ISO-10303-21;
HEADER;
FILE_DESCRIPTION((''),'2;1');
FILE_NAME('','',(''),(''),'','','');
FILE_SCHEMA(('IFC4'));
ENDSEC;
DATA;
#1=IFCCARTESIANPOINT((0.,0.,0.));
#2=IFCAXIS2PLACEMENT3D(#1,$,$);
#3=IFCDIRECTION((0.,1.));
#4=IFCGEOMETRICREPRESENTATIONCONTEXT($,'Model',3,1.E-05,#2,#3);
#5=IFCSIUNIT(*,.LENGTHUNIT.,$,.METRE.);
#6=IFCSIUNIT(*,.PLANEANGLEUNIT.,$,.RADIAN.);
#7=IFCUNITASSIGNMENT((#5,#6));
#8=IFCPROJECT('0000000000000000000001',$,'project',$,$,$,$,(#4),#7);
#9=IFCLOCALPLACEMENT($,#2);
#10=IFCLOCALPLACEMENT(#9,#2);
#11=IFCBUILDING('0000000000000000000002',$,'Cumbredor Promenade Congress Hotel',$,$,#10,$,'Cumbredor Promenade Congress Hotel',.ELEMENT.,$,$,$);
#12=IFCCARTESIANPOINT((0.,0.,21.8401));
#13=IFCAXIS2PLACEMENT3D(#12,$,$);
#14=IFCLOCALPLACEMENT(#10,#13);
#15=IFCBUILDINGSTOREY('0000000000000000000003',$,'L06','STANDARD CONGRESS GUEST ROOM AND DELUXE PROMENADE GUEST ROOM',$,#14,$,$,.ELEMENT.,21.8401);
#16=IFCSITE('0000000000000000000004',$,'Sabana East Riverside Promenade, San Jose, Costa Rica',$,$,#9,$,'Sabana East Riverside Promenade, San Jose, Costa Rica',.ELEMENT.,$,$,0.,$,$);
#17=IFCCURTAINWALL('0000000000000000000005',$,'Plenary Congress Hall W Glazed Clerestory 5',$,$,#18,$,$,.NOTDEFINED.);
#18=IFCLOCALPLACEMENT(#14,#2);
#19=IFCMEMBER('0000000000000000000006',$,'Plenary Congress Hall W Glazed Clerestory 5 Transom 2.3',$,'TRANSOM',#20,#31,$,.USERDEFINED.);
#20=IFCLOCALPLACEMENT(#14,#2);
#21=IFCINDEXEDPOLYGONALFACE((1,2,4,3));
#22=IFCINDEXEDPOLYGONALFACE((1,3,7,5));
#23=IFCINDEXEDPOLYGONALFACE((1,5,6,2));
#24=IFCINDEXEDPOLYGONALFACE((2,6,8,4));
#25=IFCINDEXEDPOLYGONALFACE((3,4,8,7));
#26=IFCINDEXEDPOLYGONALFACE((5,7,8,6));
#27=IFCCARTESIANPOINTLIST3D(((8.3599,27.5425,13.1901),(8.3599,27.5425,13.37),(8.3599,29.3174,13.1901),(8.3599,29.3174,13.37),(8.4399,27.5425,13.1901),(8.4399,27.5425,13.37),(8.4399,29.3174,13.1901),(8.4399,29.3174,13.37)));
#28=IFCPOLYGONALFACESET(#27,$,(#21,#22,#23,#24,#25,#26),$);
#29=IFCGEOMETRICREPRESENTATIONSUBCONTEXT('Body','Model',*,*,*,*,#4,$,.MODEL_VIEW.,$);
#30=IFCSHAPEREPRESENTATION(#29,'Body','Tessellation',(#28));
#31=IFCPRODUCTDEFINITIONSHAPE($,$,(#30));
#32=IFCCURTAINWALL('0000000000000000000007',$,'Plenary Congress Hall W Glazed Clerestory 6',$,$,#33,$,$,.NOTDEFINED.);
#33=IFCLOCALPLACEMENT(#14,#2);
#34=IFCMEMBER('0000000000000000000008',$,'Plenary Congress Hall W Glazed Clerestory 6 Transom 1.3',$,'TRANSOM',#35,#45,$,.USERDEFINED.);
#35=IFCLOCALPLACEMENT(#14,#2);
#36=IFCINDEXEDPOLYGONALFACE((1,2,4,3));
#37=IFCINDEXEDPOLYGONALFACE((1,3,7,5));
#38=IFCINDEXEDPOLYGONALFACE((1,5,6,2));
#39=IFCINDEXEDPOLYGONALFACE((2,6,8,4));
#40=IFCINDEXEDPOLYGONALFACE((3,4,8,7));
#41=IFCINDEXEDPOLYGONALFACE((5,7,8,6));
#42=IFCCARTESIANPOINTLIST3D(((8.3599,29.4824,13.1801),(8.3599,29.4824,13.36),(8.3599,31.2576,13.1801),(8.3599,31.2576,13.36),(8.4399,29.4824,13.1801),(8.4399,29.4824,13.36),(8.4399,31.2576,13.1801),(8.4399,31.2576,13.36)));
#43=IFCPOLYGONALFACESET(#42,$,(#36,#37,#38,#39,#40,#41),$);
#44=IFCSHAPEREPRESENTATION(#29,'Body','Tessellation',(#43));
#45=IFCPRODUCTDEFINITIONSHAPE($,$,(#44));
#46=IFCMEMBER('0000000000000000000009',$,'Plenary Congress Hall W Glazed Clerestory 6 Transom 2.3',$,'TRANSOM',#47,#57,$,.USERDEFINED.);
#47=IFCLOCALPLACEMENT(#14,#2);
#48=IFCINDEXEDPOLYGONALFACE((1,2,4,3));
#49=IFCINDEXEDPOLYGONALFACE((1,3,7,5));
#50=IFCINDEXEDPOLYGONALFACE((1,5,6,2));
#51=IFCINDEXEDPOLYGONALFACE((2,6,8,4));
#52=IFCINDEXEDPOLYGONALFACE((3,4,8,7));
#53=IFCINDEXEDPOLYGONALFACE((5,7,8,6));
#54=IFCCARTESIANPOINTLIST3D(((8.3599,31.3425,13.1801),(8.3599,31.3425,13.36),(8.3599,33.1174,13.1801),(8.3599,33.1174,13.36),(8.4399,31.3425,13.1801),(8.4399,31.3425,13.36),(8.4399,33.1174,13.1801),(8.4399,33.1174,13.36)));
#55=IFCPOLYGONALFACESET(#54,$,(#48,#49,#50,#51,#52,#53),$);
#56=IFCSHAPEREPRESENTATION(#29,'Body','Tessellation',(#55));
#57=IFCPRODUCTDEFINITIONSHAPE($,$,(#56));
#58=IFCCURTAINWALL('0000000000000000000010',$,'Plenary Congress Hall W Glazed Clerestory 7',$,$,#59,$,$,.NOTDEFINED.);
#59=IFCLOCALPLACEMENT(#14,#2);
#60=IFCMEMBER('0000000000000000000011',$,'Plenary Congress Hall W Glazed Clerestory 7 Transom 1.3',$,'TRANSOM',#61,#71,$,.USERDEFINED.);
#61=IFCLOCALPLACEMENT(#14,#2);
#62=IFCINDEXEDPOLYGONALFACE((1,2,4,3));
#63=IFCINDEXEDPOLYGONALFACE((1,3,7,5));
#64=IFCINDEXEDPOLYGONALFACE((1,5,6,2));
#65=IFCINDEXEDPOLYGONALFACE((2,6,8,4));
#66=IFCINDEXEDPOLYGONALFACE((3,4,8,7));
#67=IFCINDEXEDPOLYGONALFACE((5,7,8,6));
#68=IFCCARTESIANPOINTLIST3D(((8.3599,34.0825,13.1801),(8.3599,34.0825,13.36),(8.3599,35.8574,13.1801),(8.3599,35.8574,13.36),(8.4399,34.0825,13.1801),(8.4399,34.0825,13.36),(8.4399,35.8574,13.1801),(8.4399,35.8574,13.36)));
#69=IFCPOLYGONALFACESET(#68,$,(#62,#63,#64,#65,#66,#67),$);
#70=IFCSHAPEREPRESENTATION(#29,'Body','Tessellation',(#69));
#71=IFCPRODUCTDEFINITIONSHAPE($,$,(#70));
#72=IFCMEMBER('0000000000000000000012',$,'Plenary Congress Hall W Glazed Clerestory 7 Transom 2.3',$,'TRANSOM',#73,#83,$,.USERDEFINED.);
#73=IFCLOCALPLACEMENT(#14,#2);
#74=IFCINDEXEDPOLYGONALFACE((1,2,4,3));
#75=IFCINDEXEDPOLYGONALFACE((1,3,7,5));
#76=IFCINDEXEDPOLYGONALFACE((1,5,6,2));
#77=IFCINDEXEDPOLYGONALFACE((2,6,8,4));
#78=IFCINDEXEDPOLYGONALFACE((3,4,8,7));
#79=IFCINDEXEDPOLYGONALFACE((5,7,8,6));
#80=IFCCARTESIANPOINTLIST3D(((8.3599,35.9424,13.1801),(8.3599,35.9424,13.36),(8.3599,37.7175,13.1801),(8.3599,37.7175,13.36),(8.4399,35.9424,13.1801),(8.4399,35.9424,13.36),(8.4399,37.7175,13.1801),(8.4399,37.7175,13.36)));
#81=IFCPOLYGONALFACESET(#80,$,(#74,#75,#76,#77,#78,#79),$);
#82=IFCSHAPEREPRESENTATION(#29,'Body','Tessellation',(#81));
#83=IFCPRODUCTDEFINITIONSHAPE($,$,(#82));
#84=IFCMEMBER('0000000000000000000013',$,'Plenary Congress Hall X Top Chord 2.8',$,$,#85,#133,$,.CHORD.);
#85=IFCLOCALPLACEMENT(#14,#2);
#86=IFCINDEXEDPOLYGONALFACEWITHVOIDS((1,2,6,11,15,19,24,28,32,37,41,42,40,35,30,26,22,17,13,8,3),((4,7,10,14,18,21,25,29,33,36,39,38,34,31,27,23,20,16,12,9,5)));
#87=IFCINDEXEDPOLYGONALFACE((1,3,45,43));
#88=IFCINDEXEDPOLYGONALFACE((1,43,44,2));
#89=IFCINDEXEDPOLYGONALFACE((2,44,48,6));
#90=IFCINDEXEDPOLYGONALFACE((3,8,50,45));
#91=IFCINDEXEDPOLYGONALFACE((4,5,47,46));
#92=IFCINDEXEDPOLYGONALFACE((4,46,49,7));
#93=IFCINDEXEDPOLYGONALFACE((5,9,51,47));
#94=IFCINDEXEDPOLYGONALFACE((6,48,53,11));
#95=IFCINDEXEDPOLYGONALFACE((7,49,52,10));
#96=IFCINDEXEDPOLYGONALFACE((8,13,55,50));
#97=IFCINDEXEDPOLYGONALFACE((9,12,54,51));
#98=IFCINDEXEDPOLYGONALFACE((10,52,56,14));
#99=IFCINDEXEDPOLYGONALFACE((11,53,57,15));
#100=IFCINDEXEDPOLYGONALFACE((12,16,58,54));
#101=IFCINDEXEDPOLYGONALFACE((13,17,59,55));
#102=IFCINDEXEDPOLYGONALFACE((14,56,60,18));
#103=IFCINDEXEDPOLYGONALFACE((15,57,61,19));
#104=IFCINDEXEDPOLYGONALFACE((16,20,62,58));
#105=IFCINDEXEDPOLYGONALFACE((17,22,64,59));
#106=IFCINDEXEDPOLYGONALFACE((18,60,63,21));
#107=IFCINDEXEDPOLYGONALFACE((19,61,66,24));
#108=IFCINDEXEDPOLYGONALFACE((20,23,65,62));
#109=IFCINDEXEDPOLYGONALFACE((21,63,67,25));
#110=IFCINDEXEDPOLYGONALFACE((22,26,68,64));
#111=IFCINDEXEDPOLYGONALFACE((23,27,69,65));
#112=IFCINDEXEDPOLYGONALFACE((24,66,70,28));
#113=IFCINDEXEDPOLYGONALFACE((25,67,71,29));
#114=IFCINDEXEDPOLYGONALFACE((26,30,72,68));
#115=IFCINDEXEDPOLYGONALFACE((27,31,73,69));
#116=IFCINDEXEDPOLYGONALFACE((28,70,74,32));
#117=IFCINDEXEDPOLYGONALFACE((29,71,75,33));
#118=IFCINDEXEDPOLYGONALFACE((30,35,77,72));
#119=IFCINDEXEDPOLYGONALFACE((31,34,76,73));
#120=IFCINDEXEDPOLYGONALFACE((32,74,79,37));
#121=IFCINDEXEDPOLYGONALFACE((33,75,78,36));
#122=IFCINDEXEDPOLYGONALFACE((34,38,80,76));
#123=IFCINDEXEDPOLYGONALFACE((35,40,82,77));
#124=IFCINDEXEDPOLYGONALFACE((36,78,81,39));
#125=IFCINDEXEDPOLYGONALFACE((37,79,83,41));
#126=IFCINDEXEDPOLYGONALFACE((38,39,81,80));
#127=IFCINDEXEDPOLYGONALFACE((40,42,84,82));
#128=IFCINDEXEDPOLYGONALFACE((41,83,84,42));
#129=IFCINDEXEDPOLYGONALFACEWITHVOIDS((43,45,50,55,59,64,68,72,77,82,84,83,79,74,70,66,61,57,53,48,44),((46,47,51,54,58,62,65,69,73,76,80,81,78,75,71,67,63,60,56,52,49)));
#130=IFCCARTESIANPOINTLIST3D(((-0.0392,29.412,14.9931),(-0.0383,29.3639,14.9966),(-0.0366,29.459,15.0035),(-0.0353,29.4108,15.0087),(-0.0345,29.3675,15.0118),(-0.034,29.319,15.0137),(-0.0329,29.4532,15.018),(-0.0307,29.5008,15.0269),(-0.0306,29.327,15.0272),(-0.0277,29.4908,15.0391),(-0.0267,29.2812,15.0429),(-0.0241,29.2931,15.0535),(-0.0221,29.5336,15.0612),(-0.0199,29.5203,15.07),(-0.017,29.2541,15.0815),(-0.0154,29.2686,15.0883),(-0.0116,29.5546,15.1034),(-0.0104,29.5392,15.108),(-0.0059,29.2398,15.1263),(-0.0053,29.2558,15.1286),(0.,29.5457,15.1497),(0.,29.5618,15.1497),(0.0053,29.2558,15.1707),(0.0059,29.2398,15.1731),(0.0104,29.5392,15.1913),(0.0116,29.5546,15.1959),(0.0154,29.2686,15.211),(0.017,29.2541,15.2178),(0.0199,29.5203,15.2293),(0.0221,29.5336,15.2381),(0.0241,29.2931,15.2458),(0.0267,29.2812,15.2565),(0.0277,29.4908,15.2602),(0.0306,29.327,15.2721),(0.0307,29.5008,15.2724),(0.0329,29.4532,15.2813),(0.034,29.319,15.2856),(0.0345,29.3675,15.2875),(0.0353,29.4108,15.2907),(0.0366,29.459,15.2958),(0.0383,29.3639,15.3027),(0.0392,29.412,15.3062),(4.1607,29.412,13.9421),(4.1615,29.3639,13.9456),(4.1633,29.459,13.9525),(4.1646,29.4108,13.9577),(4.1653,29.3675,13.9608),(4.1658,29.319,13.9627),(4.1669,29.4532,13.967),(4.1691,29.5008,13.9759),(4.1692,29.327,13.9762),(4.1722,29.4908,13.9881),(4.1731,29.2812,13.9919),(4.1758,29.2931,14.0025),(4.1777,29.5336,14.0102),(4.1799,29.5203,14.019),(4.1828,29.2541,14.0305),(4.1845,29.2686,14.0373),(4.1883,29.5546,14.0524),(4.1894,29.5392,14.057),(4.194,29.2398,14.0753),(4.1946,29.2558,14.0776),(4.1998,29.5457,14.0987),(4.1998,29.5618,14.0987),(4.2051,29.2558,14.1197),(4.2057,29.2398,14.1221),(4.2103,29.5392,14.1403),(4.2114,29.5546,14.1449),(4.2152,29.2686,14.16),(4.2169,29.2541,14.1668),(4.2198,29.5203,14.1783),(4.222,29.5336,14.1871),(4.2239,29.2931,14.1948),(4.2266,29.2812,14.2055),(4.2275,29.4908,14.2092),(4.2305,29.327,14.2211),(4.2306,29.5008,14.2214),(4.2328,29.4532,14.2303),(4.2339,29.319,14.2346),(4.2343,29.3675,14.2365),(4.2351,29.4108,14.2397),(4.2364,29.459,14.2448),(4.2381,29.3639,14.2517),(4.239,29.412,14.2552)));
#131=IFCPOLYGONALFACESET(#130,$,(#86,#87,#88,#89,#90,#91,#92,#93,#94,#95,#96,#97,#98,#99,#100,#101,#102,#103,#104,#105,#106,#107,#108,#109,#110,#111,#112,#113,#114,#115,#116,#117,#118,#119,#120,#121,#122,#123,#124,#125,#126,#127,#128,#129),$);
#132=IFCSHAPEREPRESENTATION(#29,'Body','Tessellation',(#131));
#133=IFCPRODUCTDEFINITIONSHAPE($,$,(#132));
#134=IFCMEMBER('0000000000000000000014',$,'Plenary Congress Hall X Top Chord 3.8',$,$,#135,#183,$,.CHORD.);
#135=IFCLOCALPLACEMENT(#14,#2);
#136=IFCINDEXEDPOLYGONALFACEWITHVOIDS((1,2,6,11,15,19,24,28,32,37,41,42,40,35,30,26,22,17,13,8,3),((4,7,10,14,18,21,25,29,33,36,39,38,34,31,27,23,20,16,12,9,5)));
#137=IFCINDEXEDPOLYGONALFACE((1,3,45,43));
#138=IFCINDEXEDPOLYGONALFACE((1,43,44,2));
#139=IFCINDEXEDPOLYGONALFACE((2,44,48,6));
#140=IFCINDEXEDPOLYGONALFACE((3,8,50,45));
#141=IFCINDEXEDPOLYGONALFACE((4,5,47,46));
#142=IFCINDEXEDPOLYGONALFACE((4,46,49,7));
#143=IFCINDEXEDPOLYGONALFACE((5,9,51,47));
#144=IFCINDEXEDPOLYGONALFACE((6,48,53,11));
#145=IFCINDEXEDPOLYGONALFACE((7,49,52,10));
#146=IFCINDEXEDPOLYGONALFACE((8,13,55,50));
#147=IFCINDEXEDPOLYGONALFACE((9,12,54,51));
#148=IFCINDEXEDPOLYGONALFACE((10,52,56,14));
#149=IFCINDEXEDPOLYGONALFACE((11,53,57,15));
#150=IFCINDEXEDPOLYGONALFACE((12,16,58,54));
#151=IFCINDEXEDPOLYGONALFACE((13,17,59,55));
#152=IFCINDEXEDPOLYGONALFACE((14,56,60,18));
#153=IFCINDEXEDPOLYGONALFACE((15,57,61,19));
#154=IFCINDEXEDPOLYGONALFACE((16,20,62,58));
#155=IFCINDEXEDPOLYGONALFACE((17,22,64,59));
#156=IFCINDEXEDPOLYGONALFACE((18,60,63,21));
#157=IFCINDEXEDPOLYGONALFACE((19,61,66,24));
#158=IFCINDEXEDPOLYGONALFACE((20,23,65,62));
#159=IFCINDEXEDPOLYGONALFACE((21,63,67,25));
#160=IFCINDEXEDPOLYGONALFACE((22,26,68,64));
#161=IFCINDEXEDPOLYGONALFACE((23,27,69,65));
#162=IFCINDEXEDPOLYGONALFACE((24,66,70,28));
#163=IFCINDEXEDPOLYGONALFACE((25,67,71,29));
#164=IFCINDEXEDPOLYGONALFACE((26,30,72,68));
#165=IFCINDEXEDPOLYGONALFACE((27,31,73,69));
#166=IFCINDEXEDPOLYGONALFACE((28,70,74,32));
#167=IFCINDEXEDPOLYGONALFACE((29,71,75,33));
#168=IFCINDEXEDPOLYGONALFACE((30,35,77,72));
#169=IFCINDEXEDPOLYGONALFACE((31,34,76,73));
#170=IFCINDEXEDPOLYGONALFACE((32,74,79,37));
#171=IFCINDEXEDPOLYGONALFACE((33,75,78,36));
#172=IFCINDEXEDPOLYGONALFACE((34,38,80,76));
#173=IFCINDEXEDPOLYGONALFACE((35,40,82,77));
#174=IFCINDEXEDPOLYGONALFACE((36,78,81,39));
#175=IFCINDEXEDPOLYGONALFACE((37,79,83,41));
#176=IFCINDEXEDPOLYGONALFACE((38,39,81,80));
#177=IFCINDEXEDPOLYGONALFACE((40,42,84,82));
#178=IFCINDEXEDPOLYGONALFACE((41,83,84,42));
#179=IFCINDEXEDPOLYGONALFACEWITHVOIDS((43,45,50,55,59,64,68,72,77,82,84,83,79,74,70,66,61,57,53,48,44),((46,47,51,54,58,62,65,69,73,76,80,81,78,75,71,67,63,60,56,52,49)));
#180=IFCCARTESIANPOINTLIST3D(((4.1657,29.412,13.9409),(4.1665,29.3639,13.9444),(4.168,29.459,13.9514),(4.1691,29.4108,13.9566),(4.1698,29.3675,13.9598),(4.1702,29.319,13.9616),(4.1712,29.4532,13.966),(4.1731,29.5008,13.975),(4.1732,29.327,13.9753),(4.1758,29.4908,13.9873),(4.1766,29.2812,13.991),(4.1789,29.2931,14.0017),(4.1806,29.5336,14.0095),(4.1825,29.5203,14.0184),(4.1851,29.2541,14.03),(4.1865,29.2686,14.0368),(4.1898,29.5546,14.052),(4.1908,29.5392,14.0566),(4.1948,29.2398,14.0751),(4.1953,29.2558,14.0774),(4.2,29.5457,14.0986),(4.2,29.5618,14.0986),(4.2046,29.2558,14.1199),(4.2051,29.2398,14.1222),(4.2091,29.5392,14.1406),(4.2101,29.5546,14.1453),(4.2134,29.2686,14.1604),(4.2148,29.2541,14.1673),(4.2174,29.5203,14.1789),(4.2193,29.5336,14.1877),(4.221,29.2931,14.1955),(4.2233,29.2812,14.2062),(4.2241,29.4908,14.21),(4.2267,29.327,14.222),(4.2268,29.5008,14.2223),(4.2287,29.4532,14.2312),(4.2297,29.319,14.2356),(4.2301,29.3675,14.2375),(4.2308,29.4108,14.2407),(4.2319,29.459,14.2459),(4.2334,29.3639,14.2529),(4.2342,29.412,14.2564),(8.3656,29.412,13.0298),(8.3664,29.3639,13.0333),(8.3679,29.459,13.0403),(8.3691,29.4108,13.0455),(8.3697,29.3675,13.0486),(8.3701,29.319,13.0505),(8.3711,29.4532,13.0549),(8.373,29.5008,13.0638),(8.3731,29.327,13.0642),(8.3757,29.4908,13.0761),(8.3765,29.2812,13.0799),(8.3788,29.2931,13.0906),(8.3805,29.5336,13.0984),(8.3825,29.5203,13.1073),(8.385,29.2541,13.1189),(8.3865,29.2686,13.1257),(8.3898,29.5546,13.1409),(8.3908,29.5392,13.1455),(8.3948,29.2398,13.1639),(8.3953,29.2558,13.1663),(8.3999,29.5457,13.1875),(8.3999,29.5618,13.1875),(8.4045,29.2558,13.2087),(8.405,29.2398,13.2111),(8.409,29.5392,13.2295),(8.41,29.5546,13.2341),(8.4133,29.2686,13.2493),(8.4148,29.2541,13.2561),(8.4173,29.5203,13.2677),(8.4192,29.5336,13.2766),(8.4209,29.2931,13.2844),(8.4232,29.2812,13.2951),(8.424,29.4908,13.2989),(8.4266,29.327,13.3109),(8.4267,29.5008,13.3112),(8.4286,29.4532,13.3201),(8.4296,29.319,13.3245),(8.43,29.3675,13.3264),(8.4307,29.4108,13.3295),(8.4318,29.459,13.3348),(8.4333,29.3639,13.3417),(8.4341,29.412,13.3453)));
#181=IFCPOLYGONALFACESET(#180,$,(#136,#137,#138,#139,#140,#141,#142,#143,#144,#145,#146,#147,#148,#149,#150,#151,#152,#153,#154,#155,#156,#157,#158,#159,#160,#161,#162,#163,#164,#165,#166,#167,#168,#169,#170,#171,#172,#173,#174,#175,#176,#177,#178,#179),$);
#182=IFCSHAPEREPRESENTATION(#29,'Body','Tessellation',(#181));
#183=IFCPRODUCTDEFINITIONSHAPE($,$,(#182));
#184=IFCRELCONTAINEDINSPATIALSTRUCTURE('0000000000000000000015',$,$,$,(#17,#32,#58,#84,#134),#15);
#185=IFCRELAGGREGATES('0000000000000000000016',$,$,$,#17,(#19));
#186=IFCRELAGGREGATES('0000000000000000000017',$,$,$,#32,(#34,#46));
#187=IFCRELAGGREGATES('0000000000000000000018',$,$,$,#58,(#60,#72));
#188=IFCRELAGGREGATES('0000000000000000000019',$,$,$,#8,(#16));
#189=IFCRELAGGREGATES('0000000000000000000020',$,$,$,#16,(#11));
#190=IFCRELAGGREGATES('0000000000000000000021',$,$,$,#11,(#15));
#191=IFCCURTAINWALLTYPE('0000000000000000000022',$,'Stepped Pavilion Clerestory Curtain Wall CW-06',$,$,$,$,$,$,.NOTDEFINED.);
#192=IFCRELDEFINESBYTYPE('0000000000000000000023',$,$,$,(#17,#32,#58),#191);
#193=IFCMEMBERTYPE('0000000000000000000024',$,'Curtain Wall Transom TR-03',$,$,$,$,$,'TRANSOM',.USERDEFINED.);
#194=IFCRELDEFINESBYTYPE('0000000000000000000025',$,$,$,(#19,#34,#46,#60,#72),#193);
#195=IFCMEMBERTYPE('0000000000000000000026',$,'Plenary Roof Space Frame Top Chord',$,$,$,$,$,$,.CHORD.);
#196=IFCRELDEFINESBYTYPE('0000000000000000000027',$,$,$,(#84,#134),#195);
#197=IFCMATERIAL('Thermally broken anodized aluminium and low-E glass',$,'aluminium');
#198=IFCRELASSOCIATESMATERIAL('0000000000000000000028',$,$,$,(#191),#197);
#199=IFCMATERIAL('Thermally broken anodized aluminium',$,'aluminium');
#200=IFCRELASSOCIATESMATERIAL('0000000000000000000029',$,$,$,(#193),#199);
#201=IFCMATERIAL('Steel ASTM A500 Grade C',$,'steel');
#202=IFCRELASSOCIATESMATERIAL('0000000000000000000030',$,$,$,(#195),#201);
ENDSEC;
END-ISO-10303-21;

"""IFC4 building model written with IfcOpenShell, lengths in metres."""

from ifc_helpers import new_model, si_unit, direction, frame, origin, origin_2d, place, context, subcontext, project, spatial, rectangle, hollow_circle, extrude, material, material_profile, profile_set, type_object, element, aggregate, save


model = new_model("IFC4")

# Units and contexts
model_context = context("Model", 3, precision=1e-05, world=origin(), true_north=direction((0.0, 1.0)))
body_context = subcontext(model_context, "Body", "Model", "MODEL_VIEW")
ifc_project = project(units=[si_unit("LENGTHUNIT", "METRE"), si_unit("PLANEANGLEUNIT", "RADIAN")], contexts=[model_context])

# Site, building, storey
site_placement = place(None, origin())
site = spatial("IfcSite", under=ifc_project, at=site_placement, Name="Sabana East Riverside Promenade, San Jose, Costa Rica", LongName="Sabana East Riverside Promenade, San Jose, Costa Rica", CompositionType="ELEMENT", RefElevation=0.0)
building_placement = place(site_placement, origin())
building = spatial("IfcBuilding", under=site, at=building_placement, Name="Cumbredor Promenade Congress Hotel", LongName="Cumbredor Promenade Congress Hotel", CompositionType="ELEMENT")
storey_placement = place(building_placement, frame((0.0, 0.0, 21.8401)))
storey = spatial("IfcBuildingStorey", under=building, at=storey_placement, Name="L06", Description="STANDARD CONGRESS GUEST ROOM AND DELUXE PROMENADE GUEST ROOM", CompositionType="ELEMENT", Elevation=21.8401)

# Curtain wall, member
ifc_material_1 = material(Name="Thermally broken anodized aluminium and low-E glass", Category="aluminium")
curtain_wall_type = type_object("IfcCurtainWallType", Name="Stepped Pavilion Clerestory Curtain Wall CW-06", PredefinedType="NOTDEFINED", material=ifc_material_1)
curtain_wall_1_placement = place(storey_placement, origin())
curtain_wall_1 = element("IfcCurtainWall", 1, at=curtain_wall_1_placement, inside=storey, type_object=curtain_wall_type, Name="Plenary Congress Hall W Glazed Clerestory 5", PredefinedType="NOTDEFINED")
ifc_material_2 = material(Name="Thermally broken anodized aluminium", Category="aluminium")
ifc_material_profile_1 = material_profile(ifc_material_2, rectangle(XDim=0.0801, YDim=0.1799, at=origin_2d()), Name="ALU TRANSOM 80x180")
ifc_profile_set_1 = profile_set([ifc_material_profile_1], Name="Thermally broken anodized aluminium")
member_type_1 = type_object("IfcMemberType", Name="Curtain Wall Transom TR-03", ElementType="TRANSOM", PredefinedType="USERDEFINED", material=ifc_profile_set_1)
member_1_placement = place(storey_placement, frame((8.3999, 27.5425, 13.28), z_axis=(0.0, 1.0, 0.0), x_axis=(-1.0, 0.0, 0.0)))
member_1 = element("IfcMember", 2, at=member_1_placement, type_object=member_type_1, Name="Plenary Congress Hall W Glazed Clerestory 5 Transom 2.3", ObjectType="TRANSOM", PredefinedType="USERDEFINED", context=body_context, shape_type="SweptSolid", body=[
    extrude(rectangle(XDim=0.0801, YDim=0.1799, at=origin_2d()), origin(), (0.0, 0.0, 1.0), 1.7749),
])
aggregate(curtain_wall_1, [member_1])

# Curtain walls, members
curtain_wall_2_placement = place(storey_placement, origin())
curtain_wall_2 = element("IfcCurtainWall", 3, at=curtain_wall_2_placement, inside=storey, type_object=curtain_wall_type, Name="Plenary Congress Hall W Glazed Clerestory 6", PredefinedType="NOTDEFINED")
member_2_placement = place(storey_placement, frame((8.3999, 29.4824, 13.27), z_axis=(0.0, 1.0, 0.0), x_axis=(-1.0, 0.0, 0.0)))
member_2 = element("IfcMember", 4, at=member_2_placement, type_object=member_type_1, Name="Plenary Congress Hall W Glazed Clerestory 6 Transom 1.3", ObjectType="TRANSOM", PredefinedType="USERDEFINED", context=body_context, shape_type="SweptSolid", body=[
    extrude(rectangle(XDim=0.0801, YDim=0.1799, at=origin_2d()), origin(), (0.0, 0.0, 1.0), 1.7751),
])
member_3_placement = place(storey_placement, frame((8.3999, 31.3425, 13.27), z_axis=(0.0, 1.0, 0.0), x_axis=(-1.0, 0.0, 0.0)))
member_3 = element("IfcMember", 5, at=member_3_placement, type_object=member_type_1, Name="Plenary Congress Hall W Glazed Clerestory 6 Transom 2.3", ObjectType="TRANSOM", PredefinedType="USERDEFINED", context=body_context, shape_type="SweptSolid", body=[
    extrude(rectangle(XDim=0.0801, YDim=0.1799, at=origin_2d()), origin(), (0.0, 0.0, 1.0), 1.7749),
])
aggregate(curtain_wall_2, [member_2, member_3])
curtain_wall_3_placement = place(storey_placement, origin())
curtain_wall_3 = element("IfcCurtainWall", 6, at=curtain_wall_3_placement, inside=storey, type_object=curtain_wall_type, Name="Plenary Congress Hall W Glazed Clerestory 7", PredefinedType="NOTDEFINED")
member_4_placement = place(storey_placement, frame((8.3999, 34.0825, 13.27), z_axis=(0.0, 1.0, 0.0), x_axis=(-1.0, 0.0, 0.0)))
member_4 = element("IfcMember", 7, at=member_4_placement, type_object=member_type_1, Name="Plenary Congress Hall W Glazed Clerestory 7 Transom 1.3", ObjectType="TRANSOM", PredefinedType="USERDEFINED", context=body_context, shape_type="SweptSolid", body=[
    extrude(rectangle(XDim=0.0801, YDim=0.1799, at=origin_2d()), origin(), (0.0, 0.0, 1.0), 1.7749),
])
member_5_placement = place(storey_placement, frame((8.3999, 35.9424, 13.27), z_axis=(0.0, 1.0, 0.0), x_axis=(-1.0, 0.0, 0.0)))
member_5 = element("IfcMember", 8, at=member_5_placement, type_object=member_type_1, Name="Plenary Congress Hall W Glazed Clerestory 7 Transom 2.3", ObjectType="TRANSOM", PredefinedType="USERDEFINED", context=body_context, shape_type="SweptSolid", body=[
    extrude(rectangle(XDim=0.0801, YDim=0.1799, at=origin_2d()), origin(), (0.0, 0.0, 1.0), 1.7751),
])
aggregate(curtain_wall_3, [member_4, member_5])

# Members
ifc_material_3 = material(Name="Steel ASTM A500 Grade C", Category="steel")
ifc_material_profile_2 = material_profile(ifc_material_3, hollow_circle(Radius=0.1619, WallThickness=0.0161, at=origin_2d()), Name="CHS 323.9x16")
ifc_profile_set_2 = profile_set([ifc_material_profile_2], Name="Steel ASTM A500 Grade C")
member_type_2 = type_object("IfcMemberType", Name="Plenary Roof Space Frame Top Chord", PredefinedType="CHORD", material=ifc_profile_set_2)
member_6_placement = place(storey_placement, frame((0.0, 29.3999, 15.1497), z_axis=(0.970086, 0.0, -0.242761), x_axis=(0.0, 1.0, 0.0)))
element("IfcMember", 9, at=member_6_placement, inside=storey, type_object=member_type_2, Name="Plenary Congress Hall X Top Chord 2.8", PredefinedType="CHORD", context=body_context, shape_type="SweptSolid", body=[
    extrude(hollow_circle(Radius=0.1619, WallThickness=0.0161, at=origin_2d()), origin(), (0.0, 0.0, 1.0), 4.3293),
])
member_7_placement = place(storey_placement, frame((4.2, 29.3999, 14.0986), z_axis=(0.977268, 0.0, -0.212007), x_axis=(0.0, 1.0, 0.0)))
element("IfcMember", 10, at=member_7_placement, inside=storey, type_object=member_type_2, Name="Plenary Congress Hall X Top Chord 3.8", PredefinedType="CHORD", context=body_context, shape_type="SweptSolid", body=[
    extrude(hollow_circle(Radius=0.1619, WallThickness=0.0161, at=origin_2d()), origin(), (0.0, 0.0, 1.0), 4.2976),
])

save(model, "model.ifc")
